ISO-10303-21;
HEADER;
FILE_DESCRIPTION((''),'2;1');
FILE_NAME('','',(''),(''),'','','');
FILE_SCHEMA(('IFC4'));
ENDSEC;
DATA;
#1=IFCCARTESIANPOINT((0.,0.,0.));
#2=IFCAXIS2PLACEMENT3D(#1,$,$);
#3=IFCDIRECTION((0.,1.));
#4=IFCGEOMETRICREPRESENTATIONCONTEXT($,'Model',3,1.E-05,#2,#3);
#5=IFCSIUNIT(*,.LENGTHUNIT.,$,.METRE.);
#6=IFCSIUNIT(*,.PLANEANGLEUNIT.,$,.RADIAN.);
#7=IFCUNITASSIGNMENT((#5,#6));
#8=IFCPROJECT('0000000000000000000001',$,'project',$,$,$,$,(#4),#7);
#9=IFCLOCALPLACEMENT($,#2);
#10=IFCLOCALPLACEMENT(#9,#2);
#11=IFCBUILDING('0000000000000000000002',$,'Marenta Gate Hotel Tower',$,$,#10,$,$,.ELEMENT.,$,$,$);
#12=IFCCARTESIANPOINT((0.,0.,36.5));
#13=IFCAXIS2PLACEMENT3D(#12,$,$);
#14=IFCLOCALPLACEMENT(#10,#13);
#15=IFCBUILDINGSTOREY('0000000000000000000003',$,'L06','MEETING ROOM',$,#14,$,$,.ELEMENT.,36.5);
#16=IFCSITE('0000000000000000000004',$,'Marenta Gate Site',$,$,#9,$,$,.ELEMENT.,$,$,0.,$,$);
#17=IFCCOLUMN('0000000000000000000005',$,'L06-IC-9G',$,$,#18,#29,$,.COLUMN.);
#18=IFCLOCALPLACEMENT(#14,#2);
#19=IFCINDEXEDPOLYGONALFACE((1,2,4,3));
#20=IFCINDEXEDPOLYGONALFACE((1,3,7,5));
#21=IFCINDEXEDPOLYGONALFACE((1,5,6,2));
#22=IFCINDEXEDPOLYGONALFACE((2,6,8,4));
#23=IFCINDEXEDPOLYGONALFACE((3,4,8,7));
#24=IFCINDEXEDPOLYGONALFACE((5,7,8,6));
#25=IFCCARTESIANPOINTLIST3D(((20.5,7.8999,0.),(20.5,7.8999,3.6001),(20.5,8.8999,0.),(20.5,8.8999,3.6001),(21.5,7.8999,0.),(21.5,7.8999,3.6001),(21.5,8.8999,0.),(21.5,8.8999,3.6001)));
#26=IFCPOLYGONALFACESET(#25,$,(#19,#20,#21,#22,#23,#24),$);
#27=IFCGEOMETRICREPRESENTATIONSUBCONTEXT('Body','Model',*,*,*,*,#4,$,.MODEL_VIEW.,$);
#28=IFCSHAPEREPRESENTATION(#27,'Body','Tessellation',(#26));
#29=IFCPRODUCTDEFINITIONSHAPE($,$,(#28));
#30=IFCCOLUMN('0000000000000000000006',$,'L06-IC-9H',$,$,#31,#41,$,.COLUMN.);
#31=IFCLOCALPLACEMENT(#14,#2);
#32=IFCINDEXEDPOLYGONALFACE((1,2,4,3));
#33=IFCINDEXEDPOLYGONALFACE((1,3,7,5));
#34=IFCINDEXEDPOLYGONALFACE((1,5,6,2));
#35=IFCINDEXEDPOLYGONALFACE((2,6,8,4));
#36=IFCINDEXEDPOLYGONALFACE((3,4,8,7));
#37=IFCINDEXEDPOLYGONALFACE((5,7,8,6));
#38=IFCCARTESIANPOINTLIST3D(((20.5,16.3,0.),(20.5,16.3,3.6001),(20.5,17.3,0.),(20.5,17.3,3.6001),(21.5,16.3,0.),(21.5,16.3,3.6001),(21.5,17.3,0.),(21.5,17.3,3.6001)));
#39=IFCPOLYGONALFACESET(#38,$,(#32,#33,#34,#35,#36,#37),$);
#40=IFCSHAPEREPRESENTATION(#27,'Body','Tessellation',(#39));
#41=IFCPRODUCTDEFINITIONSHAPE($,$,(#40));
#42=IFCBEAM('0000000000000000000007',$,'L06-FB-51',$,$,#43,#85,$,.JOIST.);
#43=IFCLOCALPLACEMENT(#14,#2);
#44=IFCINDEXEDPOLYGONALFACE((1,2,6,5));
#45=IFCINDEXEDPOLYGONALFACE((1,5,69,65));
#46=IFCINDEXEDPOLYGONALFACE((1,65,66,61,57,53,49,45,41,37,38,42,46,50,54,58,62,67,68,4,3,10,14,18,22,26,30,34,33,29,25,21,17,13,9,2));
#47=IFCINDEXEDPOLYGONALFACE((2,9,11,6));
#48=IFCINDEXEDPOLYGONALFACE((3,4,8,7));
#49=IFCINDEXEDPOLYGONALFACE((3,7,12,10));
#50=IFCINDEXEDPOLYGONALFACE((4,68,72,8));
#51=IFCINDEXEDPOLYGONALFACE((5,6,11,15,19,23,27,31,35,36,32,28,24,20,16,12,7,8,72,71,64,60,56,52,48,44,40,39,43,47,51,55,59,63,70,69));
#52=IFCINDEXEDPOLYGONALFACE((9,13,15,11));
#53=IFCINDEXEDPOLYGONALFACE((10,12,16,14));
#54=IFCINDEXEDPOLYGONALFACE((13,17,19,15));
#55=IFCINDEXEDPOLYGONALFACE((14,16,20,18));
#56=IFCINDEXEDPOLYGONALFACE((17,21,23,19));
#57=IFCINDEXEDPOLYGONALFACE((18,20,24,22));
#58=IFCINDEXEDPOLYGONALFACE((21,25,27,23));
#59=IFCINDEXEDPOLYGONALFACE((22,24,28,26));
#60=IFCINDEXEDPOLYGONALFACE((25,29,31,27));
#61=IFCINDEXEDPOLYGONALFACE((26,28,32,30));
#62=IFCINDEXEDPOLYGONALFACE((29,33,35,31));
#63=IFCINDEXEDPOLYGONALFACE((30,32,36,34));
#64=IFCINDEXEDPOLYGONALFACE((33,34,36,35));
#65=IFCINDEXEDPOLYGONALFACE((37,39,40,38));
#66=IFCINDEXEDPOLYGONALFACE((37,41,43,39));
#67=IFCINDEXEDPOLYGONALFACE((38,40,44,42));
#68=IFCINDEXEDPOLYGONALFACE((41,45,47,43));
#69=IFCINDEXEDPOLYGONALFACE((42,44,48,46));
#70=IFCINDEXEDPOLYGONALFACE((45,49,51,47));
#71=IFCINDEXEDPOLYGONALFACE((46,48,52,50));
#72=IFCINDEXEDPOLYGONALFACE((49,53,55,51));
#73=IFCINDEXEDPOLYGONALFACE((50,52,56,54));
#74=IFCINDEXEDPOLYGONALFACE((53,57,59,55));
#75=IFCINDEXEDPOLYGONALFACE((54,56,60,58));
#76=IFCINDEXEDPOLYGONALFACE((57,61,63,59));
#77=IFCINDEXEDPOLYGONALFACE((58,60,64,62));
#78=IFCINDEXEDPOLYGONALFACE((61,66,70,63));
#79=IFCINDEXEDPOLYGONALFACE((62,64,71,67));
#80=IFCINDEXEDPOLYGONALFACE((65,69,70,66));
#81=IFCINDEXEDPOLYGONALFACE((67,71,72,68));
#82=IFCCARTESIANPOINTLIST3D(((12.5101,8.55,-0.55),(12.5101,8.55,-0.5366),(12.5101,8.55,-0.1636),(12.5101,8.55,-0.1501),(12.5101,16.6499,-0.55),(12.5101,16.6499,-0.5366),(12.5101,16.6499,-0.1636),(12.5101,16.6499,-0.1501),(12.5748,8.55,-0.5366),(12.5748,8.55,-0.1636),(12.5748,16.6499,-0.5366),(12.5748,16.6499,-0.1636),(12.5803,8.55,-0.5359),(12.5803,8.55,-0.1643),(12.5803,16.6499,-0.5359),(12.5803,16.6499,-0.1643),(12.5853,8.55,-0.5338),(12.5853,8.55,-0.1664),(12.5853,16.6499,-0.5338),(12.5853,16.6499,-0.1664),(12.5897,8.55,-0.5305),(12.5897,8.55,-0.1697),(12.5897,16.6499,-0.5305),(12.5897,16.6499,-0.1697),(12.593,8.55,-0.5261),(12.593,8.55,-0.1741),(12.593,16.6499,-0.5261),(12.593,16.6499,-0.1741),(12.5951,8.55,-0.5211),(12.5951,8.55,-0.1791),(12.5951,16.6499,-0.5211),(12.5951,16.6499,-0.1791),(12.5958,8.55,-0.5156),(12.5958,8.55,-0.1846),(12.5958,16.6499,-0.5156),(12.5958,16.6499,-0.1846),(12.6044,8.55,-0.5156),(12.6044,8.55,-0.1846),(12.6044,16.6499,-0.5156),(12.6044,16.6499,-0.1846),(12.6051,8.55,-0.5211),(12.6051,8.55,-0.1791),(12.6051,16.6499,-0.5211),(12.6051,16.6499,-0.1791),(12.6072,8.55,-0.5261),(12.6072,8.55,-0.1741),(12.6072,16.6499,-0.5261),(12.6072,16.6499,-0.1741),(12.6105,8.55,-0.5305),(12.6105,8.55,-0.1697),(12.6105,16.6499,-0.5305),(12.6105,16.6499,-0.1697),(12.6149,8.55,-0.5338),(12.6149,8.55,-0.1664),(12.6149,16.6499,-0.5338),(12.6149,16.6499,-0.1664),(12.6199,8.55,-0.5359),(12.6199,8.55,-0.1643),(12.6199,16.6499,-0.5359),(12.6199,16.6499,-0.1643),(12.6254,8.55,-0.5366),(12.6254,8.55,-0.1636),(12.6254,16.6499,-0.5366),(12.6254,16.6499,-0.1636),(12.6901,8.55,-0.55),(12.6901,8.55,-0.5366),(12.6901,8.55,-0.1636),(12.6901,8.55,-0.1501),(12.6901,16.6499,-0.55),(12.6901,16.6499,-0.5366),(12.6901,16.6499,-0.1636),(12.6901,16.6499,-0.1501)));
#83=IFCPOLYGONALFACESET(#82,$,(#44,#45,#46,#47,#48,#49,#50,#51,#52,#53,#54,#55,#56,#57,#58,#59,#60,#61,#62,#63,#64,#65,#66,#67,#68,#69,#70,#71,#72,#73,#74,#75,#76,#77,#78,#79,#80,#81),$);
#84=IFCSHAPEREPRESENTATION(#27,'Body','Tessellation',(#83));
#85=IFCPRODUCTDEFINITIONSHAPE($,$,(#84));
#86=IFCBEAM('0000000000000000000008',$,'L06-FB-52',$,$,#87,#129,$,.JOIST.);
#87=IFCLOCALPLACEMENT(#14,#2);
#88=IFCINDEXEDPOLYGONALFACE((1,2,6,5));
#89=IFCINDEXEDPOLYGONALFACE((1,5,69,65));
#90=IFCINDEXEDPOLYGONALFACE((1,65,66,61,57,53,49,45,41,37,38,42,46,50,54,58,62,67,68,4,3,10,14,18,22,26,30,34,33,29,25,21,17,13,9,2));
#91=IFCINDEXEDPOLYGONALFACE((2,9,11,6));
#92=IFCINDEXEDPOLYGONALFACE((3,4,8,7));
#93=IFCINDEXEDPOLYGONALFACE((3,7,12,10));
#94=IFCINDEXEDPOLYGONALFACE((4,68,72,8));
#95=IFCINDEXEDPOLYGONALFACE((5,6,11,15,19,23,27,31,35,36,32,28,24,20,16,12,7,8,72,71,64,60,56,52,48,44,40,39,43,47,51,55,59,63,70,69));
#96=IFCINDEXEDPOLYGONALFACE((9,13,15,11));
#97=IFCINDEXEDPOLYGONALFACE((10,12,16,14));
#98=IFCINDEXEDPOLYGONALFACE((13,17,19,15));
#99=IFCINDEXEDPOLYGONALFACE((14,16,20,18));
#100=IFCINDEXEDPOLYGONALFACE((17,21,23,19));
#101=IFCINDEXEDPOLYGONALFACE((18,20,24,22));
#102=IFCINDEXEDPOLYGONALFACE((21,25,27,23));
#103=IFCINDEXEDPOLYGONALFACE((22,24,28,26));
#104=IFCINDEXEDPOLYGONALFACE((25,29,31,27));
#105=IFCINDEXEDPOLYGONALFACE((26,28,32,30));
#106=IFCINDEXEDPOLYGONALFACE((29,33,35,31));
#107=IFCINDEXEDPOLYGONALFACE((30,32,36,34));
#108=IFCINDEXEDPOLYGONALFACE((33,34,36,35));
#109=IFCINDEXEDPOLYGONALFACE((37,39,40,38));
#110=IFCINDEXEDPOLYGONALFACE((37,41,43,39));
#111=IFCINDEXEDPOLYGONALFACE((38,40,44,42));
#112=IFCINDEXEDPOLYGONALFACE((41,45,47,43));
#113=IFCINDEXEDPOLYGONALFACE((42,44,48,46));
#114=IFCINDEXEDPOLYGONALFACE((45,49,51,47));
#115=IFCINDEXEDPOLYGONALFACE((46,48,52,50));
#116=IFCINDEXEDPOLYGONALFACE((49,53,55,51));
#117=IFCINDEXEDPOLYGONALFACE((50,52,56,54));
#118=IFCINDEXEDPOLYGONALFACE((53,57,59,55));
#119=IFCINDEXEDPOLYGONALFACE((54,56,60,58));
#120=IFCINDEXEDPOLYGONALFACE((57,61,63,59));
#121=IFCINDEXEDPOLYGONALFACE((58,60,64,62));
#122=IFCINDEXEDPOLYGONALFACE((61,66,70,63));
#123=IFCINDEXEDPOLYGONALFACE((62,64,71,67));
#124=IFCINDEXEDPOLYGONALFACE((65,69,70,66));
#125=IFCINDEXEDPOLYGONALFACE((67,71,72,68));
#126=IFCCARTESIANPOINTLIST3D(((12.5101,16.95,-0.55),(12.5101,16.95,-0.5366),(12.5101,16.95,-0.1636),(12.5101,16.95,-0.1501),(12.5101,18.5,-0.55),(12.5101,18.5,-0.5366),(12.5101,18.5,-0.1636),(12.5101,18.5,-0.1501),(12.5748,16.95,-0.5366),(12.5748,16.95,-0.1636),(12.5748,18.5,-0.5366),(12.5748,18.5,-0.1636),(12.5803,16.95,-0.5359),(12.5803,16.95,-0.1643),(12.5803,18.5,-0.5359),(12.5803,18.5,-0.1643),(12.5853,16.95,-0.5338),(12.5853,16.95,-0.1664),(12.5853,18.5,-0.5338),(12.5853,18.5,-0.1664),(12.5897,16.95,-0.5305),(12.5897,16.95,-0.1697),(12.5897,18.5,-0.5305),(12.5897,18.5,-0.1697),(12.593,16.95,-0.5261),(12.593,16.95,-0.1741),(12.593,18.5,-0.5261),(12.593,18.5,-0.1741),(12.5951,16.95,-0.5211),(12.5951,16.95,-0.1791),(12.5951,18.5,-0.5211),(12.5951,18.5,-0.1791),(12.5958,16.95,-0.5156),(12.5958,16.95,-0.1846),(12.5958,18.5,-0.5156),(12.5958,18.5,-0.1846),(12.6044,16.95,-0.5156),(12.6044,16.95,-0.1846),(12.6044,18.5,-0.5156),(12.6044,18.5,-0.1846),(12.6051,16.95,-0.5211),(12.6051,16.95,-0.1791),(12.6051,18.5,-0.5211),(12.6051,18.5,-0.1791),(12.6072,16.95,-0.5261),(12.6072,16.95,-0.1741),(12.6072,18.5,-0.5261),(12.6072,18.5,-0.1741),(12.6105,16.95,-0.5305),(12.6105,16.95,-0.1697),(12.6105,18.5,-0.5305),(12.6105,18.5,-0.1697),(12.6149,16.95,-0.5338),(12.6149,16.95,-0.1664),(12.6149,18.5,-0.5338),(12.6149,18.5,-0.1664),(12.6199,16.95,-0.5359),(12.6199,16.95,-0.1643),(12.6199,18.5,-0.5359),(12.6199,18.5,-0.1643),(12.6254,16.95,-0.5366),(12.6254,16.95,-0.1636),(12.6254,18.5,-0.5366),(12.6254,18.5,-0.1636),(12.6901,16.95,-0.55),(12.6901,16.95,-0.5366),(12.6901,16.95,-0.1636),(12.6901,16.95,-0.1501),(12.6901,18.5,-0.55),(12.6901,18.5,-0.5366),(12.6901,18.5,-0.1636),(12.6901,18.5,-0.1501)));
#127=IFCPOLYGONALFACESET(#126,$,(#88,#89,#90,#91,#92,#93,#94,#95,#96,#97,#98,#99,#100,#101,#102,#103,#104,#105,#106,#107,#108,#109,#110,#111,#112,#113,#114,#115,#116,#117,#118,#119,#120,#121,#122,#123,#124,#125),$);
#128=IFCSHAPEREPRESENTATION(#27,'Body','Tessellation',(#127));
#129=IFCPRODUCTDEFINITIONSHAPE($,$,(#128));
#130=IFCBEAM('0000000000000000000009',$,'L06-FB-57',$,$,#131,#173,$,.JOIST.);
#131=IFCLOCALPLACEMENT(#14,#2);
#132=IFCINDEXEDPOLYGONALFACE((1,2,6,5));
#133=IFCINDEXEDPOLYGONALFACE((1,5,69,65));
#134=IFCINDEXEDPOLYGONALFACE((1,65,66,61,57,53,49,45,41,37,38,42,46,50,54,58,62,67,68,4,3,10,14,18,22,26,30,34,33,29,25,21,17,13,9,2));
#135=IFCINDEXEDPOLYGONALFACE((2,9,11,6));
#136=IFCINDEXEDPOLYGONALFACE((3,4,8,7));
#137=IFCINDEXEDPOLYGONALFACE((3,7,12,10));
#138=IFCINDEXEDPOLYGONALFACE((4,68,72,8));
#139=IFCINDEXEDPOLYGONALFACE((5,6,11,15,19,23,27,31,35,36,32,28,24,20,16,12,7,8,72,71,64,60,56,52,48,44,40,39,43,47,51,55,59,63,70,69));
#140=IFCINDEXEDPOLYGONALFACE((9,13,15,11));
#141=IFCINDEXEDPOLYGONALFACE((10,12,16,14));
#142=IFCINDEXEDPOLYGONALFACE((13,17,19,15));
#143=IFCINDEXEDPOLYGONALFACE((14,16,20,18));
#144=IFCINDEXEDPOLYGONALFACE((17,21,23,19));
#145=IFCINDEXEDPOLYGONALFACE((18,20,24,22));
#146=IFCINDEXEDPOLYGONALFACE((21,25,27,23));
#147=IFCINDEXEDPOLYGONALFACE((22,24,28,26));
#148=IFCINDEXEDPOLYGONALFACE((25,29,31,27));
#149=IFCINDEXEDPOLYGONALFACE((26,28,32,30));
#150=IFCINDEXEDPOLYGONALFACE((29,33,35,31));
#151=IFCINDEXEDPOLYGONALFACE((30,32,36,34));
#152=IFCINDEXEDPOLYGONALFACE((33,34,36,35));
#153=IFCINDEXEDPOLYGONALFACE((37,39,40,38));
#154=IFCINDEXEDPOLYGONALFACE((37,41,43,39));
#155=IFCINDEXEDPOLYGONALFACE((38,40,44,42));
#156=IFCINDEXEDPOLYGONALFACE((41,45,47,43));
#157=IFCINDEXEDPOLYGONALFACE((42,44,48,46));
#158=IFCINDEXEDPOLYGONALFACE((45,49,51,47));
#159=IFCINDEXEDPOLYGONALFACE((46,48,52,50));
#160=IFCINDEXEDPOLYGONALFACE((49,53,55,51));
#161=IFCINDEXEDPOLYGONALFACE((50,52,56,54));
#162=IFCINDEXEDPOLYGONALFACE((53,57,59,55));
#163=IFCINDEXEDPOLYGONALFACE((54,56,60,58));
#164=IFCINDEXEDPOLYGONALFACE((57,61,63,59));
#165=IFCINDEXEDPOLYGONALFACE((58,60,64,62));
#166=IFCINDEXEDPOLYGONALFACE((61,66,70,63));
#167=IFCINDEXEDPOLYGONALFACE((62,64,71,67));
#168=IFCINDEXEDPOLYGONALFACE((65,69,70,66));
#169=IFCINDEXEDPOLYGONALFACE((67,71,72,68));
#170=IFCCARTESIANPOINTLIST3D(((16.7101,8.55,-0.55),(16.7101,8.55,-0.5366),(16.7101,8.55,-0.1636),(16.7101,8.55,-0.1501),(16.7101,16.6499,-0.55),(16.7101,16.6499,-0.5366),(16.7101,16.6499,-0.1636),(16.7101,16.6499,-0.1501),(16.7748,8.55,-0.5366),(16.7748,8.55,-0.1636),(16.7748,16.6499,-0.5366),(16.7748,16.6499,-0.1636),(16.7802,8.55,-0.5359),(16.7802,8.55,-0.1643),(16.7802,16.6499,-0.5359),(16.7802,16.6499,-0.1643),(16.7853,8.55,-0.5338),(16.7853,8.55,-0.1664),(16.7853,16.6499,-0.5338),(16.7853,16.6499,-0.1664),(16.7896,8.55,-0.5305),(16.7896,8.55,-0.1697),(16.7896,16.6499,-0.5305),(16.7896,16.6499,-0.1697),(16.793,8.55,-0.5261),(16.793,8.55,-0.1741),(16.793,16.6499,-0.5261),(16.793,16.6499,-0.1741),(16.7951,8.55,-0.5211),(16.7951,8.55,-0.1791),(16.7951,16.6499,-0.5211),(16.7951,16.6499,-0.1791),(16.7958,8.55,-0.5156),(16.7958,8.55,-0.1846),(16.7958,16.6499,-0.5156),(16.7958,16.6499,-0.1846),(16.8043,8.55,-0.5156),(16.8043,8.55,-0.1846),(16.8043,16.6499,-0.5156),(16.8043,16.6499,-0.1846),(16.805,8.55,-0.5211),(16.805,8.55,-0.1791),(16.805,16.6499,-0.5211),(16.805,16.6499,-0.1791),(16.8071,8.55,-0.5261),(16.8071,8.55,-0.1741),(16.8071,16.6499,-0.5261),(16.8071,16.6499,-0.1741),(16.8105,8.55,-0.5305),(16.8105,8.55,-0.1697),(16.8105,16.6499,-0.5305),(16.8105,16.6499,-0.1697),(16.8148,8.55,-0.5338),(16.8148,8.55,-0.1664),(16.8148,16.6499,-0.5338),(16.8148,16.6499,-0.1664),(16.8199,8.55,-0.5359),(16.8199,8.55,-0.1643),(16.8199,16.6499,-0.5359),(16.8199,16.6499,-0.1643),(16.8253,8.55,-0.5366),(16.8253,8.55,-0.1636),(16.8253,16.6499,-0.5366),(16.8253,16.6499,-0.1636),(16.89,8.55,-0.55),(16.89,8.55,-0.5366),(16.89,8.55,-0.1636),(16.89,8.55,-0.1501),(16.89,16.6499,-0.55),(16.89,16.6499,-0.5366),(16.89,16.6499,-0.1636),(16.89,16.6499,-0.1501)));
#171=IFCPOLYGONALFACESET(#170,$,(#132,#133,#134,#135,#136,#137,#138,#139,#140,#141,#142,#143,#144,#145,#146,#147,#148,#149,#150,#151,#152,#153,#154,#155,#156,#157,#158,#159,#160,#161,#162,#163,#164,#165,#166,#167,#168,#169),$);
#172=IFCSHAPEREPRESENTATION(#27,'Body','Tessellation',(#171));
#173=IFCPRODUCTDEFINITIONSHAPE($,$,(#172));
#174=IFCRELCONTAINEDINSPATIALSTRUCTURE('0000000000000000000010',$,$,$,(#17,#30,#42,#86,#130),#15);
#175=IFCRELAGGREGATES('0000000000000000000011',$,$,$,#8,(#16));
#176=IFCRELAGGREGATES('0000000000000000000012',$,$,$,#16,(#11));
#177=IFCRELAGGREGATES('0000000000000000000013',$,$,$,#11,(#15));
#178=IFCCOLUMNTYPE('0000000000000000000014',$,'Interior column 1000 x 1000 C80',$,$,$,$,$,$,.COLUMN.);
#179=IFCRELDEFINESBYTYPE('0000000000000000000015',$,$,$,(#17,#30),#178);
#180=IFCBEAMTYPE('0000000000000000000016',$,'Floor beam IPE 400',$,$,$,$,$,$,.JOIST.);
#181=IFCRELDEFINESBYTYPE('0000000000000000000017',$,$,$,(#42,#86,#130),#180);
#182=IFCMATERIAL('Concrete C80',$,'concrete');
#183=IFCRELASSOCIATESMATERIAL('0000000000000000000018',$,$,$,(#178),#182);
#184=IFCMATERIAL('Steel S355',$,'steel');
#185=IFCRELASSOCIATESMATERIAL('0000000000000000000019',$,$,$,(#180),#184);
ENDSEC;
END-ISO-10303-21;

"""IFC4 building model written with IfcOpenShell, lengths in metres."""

from ifc_helpers import new_model, si_unit, direction, frame, origin, origin_2d, place, context, subcontext, project, spatial, rectangle, i_section, extrude, material, material_profile, profile_set, type_object, element, save


model = new_model("IFC4")

# Units and contexts
model_context = context("Model", 3, precision=1e-05, world=origin(), true_north=direction((0.0, 1.0)))
body_context = subcontext(model_context, "Body", "Model", "MODEL_VIEW")
ifc_project = project(units=[si_unit("LENGTHUNIT", "METRE"), si_unit("PLANEANGLEUNIT", "RADIAN")], contexts=[model_context])

# Site, building, storey
site_placement = place(None, origin())
site = spatial("IfcSite", under=ifc_project, at=site_placement, Name="Marenta Gate Site", CompositionType="ELEMENT", RefElevation=0.0)
building_placement = place(site_placement, origin())
building = spatial("IfcBuilding", under=site, at=building_placement, Name="Marenta Gate Hotel Tower", CompositionType="ELEMENT")
storey_placement = place(building_placement, frame((0.0, 0.0, 36.5)))
storey = spatial("IfcBuildingStorey", under=building, at=storey_placement, Name="L06", Description="MEETING ROOM", CompositionType="ELEMENT", Elevation=36.5)

# Columns
ifc_material_1 = material(Name="Concrete C80", Category="concrete")
ifc_material_profile_1 = material_profile(ifc_material_1, rectangle(XDim=1.0, YDim=1.0, at=origin_2d()), Name="1000 x 1000")
ifc_profile_set_1 = profile_set([ifc_material_profile_1], Name="Concrete C80")
column_type = type_object("IfcColumnType", Name="Interior column 1000 x 1000 C80", PredefinedType="COLUMN", material=ifc_profile_set_1)
for number, where, z_axis, x_axis, name in (
    (1, (21.0, 8.3999, 0.0), (0.0, 0.0, 1.0), (1.0, 0.0, 0.0), "L06-IC-9G"),
    (2, (21.0, 16.8, 0.0), (0.0, 0.0, 1.0), (1.0, 0.0, 0.0), "L06-IC-9H"),
):
    element("IfcColumn", number, at=place(storey_placement, frame(where, z_axis=z_axis, x_axis=x_axis)), inside=storey, type_object=column_type, Name=name, PredefinedType="COLUMN", context=body_context, shape_type="SweptSolid", body=[
        extrude(rectangle(XDim=1.0, YDim=1.0, at=origin_2d()), origin(), (0.0, 0.0, 1.0), 3.6001),
    ])

# Beams
ifc_material_2 = material(Name="Steel S355", Category="steel")
ifc_material_profile_2 = material_profile(ifc_material_2, i_section(OverallWidth=0.1799, OverallDepth=0.3999, WebThickness=0.0085, FlangeThickness=0.0134, FilletRadius=0.021, at=origin_2d()), Name="IPE 400")
ifc_profile_set_2 = profile_set([ifc_material_profile_2], Name="Steel S355")
beam_type_1 = type_object("IfcBeamType", Name="Floor beam IPE 400", PredefinedType="JOIST", material=ifc_profile_set_2)
beam_1_placement = place(storey_placement, frame((12.6001, 8.55, -0.3501), z_axis=(0.0, 1.0, 0.0), x_axis=(-1.0, 0.0, 0.0)))
element("IfcBeam", 3, at=beam_1_placement, inside=storey, type_object=beam_type_1, Name="L06-FB-51", PredefinedType="JOIST", context=body_context, shape_type="SweptSolid", body=[
    extrude(i_section(OverallWidth=0.1799, OverallDepth=0.3999, WebThickness=0.0085, FlangeThickness=0.0134, FilletRadius=0.021, at=origin_2d()), origin(), (0.0, 0.0, 1.0), 8.0999),
])
beam_2_placement = place(storey_placement, frame((12.6001, 16.95, -0.3501), z_axis=(0.0, 1.0, 0.0), x_axis=(-1.0, 0.0, 0.0)))
element("IfcBeam", 4, at=beam_2_placement, inside=storey, type_object=beam_type_1, Name="L06-FB-52", PredefinedType="JOIST", context=body_context, shape_type="SweptSolid", body=[
    extrude(i_section(OverallWidth=0.1799, OverallDepth=0.3999, WebThickness=0.0085, FlangeThickness=0.0134, FilletRadius=0.021, at=origin_2d()), origin(), (0.0, 0.0, 1.0), 1.55),
])
beam_3_placement = place(storey_placement, frame((16.8, 8.55, -0.3501), z_axis=(0.0, 1.0, 0.0), x_axis=(-1.0, 0.0, 0.0)))
element("IfcBeam", 5, at=beam_3_placement, inside=storey, type_object=beam_type_1, Name="L06-FB-57", PredefinedType="JOIST", context=body_context, shape_type="SweptSolid", body=[
    extrude(i_section(OverallWidth=0.1799, OverallDepth=0.3999, WebThickness=0.0085, FlangeThickness=0.0134, FilletRadius=0.021, at=origin_2d()), origin(), (0.0, 0.0, 1.0), 8.0999),
])

save(model, "model.ifc")
